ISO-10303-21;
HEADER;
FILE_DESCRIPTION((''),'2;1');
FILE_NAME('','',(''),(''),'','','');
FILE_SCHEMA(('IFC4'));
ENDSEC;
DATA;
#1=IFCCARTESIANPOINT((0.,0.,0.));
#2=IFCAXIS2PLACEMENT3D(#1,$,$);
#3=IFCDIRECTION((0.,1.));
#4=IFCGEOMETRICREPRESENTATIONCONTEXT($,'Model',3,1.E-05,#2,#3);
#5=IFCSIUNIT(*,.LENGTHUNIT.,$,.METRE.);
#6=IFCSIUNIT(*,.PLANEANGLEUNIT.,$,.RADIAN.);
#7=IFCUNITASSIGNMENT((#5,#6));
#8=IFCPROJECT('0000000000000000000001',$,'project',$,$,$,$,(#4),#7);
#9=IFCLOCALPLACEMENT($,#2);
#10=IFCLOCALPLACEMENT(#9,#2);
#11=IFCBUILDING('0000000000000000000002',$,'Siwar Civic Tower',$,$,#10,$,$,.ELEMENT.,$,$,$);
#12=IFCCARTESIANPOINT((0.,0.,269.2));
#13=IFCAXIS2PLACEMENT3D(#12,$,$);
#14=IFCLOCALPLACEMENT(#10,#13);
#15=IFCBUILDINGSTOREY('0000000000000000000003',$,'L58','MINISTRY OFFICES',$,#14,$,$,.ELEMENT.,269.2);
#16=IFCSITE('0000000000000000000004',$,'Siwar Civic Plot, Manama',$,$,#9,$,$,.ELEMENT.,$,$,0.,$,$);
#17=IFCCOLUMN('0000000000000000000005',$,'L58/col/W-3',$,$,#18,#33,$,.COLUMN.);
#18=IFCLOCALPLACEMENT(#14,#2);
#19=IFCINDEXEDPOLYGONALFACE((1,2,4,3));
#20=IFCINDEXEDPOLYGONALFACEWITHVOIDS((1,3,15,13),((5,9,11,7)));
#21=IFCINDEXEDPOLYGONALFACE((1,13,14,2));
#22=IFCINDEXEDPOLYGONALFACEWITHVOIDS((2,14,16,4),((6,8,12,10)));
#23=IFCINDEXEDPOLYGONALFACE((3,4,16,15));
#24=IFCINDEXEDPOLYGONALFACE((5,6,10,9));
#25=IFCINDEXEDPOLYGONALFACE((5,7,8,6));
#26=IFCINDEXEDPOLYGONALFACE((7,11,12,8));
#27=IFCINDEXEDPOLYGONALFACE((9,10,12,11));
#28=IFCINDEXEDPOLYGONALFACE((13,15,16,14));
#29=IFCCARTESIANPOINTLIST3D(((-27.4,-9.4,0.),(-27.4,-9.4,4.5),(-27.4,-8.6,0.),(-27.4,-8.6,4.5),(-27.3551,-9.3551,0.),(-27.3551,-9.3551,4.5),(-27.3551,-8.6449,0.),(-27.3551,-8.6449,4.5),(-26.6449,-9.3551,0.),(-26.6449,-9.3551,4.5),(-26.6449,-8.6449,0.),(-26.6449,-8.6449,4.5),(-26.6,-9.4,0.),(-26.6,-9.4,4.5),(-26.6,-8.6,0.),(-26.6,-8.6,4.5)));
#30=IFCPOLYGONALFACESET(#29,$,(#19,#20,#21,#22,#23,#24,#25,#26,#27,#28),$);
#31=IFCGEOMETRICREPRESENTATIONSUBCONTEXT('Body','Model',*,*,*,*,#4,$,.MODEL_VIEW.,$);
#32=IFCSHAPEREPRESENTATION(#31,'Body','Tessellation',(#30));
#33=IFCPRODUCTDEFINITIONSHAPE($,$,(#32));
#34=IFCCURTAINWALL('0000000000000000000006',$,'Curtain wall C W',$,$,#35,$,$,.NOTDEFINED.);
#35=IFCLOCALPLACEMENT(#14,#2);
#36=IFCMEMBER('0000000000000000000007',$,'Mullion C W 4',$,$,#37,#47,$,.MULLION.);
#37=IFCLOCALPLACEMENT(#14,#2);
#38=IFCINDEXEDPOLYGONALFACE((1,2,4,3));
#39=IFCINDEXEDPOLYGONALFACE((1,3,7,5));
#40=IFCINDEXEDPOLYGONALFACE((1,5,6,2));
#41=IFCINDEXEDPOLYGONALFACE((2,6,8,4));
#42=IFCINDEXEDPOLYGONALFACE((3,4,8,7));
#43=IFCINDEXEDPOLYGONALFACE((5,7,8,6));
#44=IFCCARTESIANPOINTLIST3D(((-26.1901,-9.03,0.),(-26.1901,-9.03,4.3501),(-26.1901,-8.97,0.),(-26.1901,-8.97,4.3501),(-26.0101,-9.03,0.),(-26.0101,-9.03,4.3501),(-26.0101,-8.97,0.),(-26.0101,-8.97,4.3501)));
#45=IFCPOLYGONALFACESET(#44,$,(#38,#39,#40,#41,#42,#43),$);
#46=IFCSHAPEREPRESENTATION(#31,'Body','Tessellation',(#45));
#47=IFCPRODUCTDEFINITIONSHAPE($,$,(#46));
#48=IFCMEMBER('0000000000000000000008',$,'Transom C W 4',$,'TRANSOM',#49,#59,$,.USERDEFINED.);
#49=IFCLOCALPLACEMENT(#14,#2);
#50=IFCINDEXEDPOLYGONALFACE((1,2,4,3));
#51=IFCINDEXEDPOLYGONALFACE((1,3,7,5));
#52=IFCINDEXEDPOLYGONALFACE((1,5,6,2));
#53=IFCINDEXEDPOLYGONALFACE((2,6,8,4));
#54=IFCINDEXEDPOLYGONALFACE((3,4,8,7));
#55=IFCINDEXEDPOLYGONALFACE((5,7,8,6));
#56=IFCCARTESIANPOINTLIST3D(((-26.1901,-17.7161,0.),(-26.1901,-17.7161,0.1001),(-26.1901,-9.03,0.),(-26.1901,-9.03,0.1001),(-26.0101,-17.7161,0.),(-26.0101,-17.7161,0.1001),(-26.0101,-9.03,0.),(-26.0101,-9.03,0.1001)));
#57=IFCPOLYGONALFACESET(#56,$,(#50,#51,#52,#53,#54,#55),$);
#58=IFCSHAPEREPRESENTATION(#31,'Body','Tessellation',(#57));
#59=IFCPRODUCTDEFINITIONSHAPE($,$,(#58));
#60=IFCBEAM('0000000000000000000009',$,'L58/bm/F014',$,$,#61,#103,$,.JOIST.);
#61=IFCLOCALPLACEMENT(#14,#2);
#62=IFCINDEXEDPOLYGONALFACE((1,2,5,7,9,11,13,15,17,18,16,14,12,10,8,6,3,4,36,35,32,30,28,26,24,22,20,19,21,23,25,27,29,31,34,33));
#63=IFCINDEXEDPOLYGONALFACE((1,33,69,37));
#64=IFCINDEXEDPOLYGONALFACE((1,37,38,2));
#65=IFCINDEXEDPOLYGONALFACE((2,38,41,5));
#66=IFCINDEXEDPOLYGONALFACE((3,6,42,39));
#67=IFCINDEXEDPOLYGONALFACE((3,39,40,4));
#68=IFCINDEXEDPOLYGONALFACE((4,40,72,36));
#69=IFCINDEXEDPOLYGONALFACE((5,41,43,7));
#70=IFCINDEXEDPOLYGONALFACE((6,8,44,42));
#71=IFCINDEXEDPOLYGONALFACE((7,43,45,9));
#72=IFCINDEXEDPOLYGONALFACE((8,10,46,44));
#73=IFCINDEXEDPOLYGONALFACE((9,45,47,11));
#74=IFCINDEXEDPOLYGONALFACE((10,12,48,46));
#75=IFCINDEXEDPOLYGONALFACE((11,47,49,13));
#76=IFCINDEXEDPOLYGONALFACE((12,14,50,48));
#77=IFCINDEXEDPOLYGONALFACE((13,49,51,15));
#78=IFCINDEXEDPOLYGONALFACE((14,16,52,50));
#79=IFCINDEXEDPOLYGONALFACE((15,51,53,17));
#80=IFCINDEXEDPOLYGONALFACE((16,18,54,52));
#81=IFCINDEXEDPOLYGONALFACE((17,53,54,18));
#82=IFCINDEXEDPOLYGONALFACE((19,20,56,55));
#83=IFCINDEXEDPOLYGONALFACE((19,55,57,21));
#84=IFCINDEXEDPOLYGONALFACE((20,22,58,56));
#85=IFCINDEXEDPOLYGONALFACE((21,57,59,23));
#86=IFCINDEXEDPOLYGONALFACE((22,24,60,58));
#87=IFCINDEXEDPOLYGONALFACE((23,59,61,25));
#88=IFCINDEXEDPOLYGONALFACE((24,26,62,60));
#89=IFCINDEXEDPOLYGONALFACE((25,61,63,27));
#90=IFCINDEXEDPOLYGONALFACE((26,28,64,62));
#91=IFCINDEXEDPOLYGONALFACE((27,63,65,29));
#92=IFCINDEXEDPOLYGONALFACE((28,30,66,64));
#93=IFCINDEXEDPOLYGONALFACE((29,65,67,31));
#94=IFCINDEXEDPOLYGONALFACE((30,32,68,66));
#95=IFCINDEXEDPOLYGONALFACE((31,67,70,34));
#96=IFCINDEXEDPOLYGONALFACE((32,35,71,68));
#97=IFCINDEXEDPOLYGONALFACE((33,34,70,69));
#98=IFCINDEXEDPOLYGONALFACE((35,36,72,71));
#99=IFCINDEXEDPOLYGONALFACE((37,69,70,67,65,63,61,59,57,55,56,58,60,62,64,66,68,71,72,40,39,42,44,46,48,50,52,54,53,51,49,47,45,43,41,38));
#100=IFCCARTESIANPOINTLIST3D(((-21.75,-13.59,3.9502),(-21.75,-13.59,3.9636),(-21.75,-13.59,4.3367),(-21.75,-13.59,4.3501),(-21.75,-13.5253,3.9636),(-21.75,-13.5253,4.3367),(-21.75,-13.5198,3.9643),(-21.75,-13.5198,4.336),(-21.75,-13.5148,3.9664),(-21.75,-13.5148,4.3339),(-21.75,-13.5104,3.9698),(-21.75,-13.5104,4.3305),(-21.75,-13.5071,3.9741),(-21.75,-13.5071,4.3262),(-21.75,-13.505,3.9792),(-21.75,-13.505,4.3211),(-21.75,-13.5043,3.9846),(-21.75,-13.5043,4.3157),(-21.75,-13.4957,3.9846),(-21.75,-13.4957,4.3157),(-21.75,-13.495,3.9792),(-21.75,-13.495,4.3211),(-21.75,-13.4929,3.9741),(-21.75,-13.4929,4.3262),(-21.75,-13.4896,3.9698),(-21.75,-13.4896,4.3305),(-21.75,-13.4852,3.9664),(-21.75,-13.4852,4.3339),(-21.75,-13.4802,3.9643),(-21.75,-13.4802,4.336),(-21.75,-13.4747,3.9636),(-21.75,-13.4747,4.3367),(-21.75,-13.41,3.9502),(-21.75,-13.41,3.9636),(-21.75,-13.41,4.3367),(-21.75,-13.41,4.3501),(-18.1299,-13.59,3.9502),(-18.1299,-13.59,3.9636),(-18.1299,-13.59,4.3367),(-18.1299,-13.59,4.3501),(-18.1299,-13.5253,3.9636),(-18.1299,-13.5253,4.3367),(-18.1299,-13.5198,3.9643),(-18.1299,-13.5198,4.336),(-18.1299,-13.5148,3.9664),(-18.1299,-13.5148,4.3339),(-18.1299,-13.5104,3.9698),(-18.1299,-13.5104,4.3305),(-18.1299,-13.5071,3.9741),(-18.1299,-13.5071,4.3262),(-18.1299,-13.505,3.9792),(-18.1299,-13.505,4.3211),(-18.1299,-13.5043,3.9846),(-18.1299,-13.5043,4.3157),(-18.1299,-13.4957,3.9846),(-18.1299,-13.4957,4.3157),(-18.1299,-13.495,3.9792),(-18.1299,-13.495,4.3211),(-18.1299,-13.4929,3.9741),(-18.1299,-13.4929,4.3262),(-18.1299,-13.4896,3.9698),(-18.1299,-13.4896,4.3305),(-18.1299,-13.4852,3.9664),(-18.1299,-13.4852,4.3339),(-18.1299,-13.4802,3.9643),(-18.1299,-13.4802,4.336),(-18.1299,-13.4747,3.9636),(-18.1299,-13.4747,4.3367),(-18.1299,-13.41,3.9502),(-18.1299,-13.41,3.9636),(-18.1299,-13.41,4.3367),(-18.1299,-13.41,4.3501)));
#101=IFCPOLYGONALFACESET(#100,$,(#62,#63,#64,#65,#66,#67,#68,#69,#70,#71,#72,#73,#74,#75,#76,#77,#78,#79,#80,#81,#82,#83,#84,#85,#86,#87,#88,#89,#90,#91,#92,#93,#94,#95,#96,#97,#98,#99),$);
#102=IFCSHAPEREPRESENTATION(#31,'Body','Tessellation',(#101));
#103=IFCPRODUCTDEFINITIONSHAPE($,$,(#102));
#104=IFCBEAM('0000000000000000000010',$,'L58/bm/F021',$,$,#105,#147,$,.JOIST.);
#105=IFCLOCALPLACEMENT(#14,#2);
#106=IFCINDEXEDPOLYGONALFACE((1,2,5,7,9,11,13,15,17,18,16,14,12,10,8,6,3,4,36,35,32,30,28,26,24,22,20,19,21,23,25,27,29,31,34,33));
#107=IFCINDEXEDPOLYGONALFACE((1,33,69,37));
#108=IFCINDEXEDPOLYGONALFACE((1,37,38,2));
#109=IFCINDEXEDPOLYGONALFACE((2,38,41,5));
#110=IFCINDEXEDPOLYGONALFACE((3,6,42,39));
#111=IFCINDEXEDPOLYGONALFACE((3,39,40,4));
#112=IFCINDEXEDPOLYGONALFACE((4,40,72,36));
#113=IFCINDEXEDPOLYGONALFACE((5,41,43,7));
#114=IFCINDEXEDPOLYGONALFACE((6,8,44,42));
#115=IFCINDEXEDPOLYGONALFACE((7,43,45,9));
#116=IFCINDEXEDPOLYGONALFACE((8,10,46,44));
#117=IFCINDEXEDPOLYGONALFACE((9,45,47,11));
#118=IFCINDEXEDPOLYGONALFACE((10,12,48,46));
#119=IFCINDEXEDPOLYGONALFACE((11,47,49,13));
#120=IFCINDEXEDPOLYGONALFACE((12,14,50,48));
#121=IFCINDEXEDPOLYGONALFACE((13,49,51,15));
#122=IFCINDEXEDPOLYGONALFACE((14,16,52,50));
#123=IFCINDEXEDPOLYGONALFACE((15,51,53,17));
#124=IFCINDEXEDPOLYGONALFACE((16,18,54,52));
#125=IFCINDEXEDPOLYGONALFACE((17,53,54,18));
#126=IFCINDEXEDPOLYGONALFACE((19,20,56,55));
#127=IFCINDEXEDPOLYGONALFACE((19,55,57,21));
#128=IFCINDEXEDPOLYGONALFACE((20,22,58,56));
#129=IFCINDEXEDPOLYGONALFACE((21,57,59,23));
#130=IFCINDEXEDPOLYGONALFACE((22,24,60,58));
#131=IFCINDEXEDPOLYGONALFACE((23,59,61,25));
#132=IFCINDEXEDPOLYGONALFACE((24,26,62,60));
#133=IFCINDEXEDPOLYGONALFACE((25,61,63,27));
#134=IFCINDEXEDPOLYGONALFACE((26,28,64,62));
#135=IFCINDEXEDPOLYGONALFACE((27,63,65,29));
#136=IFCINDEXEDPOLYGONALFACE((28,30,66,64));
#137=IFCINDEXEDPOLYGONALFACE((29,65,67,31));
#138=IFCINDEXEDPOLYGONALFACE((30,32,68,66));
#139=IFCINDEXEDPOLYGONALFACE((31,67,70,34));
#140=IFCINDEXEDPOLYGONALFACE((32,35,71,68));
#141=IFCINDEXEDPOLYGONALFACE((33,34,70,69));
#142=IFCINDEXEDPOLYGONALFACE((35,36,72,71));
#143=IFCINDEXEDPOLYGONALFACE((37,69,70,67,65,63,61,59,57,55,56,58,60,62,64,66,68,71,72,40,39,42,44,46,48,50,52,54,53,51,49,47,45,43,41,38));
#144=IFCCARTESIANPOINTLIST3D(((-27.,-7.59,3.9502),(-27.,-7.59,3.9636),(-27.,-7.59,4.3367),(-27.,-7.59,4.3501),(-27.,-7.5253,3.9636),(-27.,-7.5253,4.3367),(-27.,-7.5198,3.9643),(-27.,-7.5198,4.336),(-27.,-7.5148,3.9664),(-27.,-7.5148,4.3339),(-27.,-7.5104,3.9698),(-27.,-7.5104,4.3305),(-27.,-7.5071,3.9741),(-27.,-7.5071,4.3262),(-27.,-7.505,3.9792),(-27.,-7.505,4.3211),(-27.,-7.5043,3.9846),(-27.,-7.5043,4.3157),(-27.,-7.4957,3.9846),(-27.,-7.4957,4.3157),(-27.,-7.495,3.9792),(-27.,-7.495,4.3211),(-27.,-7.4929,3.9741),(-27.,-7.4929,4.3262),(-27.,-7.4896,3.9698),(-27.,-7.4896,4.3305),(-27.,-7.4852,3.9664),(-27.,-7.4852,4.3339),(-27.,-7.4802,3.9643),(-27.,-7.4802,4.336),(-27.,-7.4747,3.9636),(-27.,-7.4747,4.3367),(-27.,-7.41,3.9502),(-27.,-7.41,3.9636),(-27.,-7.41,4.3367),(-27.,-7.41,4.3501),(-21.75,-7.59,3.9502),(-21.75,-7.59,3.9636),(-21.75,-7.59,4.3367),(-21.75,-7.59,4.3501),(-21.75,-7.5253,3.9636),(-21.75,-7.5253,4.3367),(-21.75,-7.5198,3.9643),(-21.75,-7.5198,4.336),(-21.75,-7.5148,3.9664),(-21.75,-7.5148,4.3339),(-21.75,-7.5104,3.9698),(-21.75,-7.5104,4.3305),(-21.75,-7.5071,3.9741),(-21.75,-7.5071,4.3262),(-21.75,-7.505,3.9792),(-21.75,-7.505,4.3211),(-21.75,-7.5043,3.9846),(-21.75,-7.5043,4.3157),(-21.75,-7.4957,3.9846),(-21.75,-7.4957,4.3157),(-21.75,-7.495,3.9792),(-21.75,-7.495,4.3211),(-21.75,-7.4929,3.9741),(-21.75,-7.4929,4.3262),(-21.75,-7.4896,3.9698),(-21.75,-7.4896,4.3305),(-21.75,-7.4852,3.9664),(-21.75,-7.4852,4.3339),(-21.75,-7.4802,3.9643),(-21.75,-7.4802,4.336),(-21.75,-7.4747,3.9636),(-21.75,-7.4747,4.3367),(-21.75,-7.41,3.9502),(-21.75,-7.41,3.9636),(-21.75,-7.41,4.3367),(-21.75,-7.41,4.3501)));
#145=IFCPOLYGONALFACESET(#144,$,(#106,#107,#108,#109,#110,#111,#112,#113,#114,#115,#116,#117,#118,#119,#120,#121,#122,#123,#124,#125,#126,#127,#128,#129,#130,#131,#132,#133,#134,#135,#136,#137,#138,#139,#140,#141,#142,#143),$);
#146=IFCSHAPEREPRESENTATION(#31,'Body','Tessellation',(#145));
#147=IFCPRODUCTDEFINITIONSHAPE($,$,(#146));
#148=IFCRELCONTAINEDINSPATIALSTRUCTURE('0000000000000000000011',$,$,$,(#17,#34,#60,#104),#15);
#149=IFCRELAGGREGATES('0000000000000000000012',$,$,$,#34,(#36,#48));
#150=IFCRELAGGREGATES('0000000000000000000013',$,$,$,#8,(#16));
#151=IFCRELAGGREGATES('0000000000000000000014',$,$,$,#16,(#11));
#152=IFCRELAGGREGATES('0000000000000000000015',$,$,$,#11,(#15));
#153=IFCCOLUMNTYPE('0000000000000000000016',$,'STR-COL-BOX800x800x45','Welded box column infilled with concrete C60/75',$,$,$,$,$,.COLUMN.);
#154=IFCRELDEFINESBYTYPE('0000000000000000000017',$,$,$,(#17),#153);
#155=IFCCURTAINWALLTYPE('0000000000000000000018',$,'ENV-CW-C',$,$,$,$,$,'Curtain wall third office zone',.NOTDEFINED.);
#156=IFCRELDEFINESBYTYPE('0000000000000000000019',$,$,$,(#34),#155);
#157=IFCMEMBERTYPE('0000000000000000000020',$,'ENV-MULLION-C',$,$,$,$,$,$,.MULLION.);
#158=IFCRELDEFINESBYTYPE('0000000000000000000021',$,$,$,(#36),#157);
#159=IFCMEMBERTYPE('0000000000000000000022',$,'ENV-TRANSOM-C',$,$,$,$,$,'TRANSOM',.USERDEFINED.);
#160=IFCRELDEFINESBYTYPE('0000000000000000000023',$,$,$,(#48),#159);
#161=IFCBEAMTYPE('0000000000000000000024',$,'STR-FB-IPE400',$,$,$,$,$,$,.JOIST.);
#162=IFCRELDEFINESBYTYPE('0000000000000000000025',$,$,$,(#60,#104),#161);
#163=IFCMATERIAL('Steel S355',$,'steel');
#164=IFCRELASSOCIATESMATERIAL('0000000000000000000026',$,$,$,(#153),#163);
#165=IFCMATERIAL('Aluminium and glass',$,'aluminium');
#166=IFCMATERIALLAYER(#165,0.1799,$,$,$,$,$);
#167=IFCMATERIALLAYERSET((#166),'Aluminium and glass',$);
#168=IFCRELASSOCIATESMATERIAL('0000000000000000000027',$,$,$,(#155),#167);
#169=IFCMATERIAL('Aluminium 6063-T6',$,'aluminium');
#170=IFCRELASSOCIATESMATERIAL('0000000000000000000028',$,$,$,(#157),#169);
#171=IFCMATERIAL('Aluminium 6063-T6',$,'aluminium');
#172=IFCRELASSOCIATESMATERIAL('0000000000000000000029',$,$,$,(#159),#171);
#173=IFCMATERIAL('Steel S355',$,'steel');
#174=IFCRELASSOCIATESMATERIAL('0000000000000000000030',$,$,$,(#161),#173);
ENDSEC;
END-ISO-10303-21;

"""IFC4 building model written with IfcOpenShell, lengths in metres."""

from ifc_helpers import new_model, si_unit, direction, frame, origin, origin_2d, place, context, subcontext, project, spatial, rectangle, hollow_rectangle, i_section, extrude, material, layer, layer_set, material_profile, profile_set, type_object, element, aggregate, save


model = new_model("IFC4")

# Units and contexts
model_context = context("Model", 3, precision=1e-05, world=origin(), true_north=direction((0.0, 1.0)))
body_context = subcontext(model_context, "Body", "Model", "MODEL_VIEW")
ifc_project = project(units=[si_unit("LENGTHUNIT", "METRE"), si_unit("PLANEANGLEUNIT", "RADIAN")], contexts=[model_context])

# Site, building, storey
site_placement = place(None, origin())
site = spatial("IfcSite", under=ifc_project, at=site_placement, Name="Siwar Civic Plot, Manama", CompositionType="ELEMENT", RefElevation=0.0)
building_placement = place(site_placement, origin())
building = spatial("IfcBuilding", under=site, at=building_placement, Name="Siwar Civic Tower", CompositionType="ELEMENT")
storey_placement = place(building_placement, frame((0.0, 0.0, 269.2)))
storey = spatial("IfcBuildingStorey", under=building, at=storey_placement, Name="L58", Description="MINISTRY OFFICES", CompositionType="ELEMENT", Elevation=269.2)

# Column
ifc_material_1 = material(Name="Steel S355", Category="steel")
ifc_material_profile_1 = material_profile(ifc_material_1, hollow_rectangle(XDim=0.8, YDim=0.8, WallThickness=0.0449, at=origin_2d()), Name="BOX800x800x45")
ifc_profile_set_1 = profile_set([ifc_material_profile_1], Name="Steel S355")
column_type = type_object("IfcColumnType", Name="STR-COL-BOX800x800x45", Description="Welded box column infilled with concrete C60/75", PredefinedType="COLUMN", material=ifc_profile_set_1)
column_placement = place(storey_placement, frame((-27.0, -9.0, 0.0), z_axis=(0.0, 0.0, 1.0), x_axis=(1.0, 0.0, 0.0)))
element("IfcColumn", 1, at=column_placement, inside=storey, type_object=column_type, Name="L58/col/W-3", PredefinedType="COLUMN", context=body_context, shape_type="SweptSolid", body=[
    extrude(hollow_rectangle(XDim=0.8, YDim=0.8, WallThickness=0.0449, at=origin_2d()), origin(), (0.0, 0.0, 1.0), 4.5),
])

# Curtain wall, members
ifc_material_2 = material(Name="Aluminium and glass", Category="aluminium")
ifc_layer_1 = layer(ifc_material_2, 0.1799)
ifc_layer_set_1 = layer_set([ifc_layer_1], Name="Aluminium and glass")
curtain_wall_type = type_object("IfcCurtainWallType", Name="ENV-CW-C", ElementType="Curtain wall third office zone", PredefinedType="NOTDEFINED", material=ifc_layer_set_1)
curtain_wall_placement = place(storey_placement, origin())
curtain_wall = element("IfcCurtainWall", 2, at=curtain_wall_placement, inside=storey, type_object=curtain_wall_type, Name="Curtain wall C W", PredefinedType="NOTDEFINED")
ifc_material_3 = material(Name="Aluminium 6063-T6", Category="aluminium")
ifc_material_profile_2 = material_profile(ifc_material_3, rectangle(XDim=0.1799, YDim=0.0601, at=origin_2d()), Name="AL 180x60")
ifc_profile_set_2 = profile_set([ifc_material_profile_2], Name="Aluminium 6063-T6")
member_type_1 = type_object("IfcMemberType", Name="ENV-MULLION-C", PredefinedType="MULLION", material=ifc_profile_set_2)
member_1_placement = place(storey_placement, frame((-26.1001, -9.0, 0.0), z_axis=(0.0, 0.0, 1.0), x_axis=(1.0, 0.0, 0.0)))
member_1 = element("IfcMember", 3, at=member_1_placement, type_object=member_type_1, Name="Mullion C W 4", PredefinedType="MULLION", context=body_context, shape_type="SweptSolid", body=[
    extrude(rectangle(XDim=0.1799, YDim=0.0601, at=origin_2d()), origin(), (0.0, 0.0, 1.0), 4.3501),
])
ifc_material_4 = material(Name="Aluminium 6063-T6", Category="aluminium")
ifc_material_profile_3 = material_profile(ifc_material_4, rectangle(XDim=0.1799, YDim=0.1001, at=origin_2d()), Name="AL 180x100")
ifc_profile_set_3 = profile_set([ifc_material_profile_3], Name="Aluminium 6063-T6")
member_type_2 = type_object("IfcMemberType", Name="ENV-TRANSOM-C", ElementType="TRANSOM", PredefinedType="USERDEFINED", material=ifc_profile_set_3)
member_2_placement = place(storey_placement, frame((-26.1001, -9.03, 0.05), z_axis=(0.0, -1.0, 0.0), x_axis=(1.0, 0.0, 0.0)))
member_2 = element("IfcMember", 4, at=member_2_placement, type_object=member_type_2, Name="Transom C W 4", ObjectType="TRANSOM", PredefinedType="USERDEFINED", context=body_context, shape_type="SweptSolid", body=[
    extrude(rectangle(XDim=0.1799, YDim=0.1001, at=origin_2d()), origin(), (0.0, 0.0, 1.0), 8.686),
])

# Beams
ifc_material_5 = material(Name="Steel S355", Category="steel")
ifc_material_profile_4 = material_profile(ifc_material_5, i_section(OverallWidth=0.1799, OverallDepth=0.3999, WebThickness=0.0085, FlangeThickness=0.0134, FilletRadius=0.021, at=origin_2d()), Name="IPE400")
ifc_profile_set_4 = profile_set([ifc_material_profile_4], Name="Steel S355")
beam_type_1 = type_object("IfcBeamType", Name="STR-FB-IPE400", PredefinedType="JOIST", material=ifc_profile_set_4)
beam_1_placement = place(storey_placement, frame((-21.75, -13.5, 4.1501), z_axis=(1.0, 0.0, 0.0), x_axis=(0.0, 1.0, 0.0)))
element("IfcBeam", 5, at=beam_1_placement, inside=storey, type_object=beam_type_1, Name="L58/bm/F014", PredefinedType="JOIST", context=body_context, shape_type="SweptSolid", body=[
    extrude(i_section(OverallWidth=0.1799, OverallDepth=0.3999, WebThickness=0.0085, FlangeThickness=0.0134, FilletRadius=0.021, at=origin_2d()), origin(), (0.0, 0.0, 1.0), 3.6201),
])
beam_2_placement = place(storey_placement, frame((-27.0, -7.5, 4.1501), z_axis=(1.0, 0.0, 0.0), x_axis=(0.0, 1.0, 0.0)))
element("IfcBeam", 6, at=beam_2_placement, inside=storey, type_object=beam_type_1, Name="L58/bm/F021", PredefinedType="JOIST", context=body_context, shape_type="SweptSolid", body=[
    extrude(i_section(OverallWidth=0.1799, OverallDepth=0.3999, WebThickness=0.0085, FlangeThickness=0.0134, FilletRadius=0.021, at=origin_2d()), origin(), (0.0, 0.0, 1.0), 5.25),
])

aggregate(curtain_wall, [member_1, member_2])

save(model, "model.ifc")
